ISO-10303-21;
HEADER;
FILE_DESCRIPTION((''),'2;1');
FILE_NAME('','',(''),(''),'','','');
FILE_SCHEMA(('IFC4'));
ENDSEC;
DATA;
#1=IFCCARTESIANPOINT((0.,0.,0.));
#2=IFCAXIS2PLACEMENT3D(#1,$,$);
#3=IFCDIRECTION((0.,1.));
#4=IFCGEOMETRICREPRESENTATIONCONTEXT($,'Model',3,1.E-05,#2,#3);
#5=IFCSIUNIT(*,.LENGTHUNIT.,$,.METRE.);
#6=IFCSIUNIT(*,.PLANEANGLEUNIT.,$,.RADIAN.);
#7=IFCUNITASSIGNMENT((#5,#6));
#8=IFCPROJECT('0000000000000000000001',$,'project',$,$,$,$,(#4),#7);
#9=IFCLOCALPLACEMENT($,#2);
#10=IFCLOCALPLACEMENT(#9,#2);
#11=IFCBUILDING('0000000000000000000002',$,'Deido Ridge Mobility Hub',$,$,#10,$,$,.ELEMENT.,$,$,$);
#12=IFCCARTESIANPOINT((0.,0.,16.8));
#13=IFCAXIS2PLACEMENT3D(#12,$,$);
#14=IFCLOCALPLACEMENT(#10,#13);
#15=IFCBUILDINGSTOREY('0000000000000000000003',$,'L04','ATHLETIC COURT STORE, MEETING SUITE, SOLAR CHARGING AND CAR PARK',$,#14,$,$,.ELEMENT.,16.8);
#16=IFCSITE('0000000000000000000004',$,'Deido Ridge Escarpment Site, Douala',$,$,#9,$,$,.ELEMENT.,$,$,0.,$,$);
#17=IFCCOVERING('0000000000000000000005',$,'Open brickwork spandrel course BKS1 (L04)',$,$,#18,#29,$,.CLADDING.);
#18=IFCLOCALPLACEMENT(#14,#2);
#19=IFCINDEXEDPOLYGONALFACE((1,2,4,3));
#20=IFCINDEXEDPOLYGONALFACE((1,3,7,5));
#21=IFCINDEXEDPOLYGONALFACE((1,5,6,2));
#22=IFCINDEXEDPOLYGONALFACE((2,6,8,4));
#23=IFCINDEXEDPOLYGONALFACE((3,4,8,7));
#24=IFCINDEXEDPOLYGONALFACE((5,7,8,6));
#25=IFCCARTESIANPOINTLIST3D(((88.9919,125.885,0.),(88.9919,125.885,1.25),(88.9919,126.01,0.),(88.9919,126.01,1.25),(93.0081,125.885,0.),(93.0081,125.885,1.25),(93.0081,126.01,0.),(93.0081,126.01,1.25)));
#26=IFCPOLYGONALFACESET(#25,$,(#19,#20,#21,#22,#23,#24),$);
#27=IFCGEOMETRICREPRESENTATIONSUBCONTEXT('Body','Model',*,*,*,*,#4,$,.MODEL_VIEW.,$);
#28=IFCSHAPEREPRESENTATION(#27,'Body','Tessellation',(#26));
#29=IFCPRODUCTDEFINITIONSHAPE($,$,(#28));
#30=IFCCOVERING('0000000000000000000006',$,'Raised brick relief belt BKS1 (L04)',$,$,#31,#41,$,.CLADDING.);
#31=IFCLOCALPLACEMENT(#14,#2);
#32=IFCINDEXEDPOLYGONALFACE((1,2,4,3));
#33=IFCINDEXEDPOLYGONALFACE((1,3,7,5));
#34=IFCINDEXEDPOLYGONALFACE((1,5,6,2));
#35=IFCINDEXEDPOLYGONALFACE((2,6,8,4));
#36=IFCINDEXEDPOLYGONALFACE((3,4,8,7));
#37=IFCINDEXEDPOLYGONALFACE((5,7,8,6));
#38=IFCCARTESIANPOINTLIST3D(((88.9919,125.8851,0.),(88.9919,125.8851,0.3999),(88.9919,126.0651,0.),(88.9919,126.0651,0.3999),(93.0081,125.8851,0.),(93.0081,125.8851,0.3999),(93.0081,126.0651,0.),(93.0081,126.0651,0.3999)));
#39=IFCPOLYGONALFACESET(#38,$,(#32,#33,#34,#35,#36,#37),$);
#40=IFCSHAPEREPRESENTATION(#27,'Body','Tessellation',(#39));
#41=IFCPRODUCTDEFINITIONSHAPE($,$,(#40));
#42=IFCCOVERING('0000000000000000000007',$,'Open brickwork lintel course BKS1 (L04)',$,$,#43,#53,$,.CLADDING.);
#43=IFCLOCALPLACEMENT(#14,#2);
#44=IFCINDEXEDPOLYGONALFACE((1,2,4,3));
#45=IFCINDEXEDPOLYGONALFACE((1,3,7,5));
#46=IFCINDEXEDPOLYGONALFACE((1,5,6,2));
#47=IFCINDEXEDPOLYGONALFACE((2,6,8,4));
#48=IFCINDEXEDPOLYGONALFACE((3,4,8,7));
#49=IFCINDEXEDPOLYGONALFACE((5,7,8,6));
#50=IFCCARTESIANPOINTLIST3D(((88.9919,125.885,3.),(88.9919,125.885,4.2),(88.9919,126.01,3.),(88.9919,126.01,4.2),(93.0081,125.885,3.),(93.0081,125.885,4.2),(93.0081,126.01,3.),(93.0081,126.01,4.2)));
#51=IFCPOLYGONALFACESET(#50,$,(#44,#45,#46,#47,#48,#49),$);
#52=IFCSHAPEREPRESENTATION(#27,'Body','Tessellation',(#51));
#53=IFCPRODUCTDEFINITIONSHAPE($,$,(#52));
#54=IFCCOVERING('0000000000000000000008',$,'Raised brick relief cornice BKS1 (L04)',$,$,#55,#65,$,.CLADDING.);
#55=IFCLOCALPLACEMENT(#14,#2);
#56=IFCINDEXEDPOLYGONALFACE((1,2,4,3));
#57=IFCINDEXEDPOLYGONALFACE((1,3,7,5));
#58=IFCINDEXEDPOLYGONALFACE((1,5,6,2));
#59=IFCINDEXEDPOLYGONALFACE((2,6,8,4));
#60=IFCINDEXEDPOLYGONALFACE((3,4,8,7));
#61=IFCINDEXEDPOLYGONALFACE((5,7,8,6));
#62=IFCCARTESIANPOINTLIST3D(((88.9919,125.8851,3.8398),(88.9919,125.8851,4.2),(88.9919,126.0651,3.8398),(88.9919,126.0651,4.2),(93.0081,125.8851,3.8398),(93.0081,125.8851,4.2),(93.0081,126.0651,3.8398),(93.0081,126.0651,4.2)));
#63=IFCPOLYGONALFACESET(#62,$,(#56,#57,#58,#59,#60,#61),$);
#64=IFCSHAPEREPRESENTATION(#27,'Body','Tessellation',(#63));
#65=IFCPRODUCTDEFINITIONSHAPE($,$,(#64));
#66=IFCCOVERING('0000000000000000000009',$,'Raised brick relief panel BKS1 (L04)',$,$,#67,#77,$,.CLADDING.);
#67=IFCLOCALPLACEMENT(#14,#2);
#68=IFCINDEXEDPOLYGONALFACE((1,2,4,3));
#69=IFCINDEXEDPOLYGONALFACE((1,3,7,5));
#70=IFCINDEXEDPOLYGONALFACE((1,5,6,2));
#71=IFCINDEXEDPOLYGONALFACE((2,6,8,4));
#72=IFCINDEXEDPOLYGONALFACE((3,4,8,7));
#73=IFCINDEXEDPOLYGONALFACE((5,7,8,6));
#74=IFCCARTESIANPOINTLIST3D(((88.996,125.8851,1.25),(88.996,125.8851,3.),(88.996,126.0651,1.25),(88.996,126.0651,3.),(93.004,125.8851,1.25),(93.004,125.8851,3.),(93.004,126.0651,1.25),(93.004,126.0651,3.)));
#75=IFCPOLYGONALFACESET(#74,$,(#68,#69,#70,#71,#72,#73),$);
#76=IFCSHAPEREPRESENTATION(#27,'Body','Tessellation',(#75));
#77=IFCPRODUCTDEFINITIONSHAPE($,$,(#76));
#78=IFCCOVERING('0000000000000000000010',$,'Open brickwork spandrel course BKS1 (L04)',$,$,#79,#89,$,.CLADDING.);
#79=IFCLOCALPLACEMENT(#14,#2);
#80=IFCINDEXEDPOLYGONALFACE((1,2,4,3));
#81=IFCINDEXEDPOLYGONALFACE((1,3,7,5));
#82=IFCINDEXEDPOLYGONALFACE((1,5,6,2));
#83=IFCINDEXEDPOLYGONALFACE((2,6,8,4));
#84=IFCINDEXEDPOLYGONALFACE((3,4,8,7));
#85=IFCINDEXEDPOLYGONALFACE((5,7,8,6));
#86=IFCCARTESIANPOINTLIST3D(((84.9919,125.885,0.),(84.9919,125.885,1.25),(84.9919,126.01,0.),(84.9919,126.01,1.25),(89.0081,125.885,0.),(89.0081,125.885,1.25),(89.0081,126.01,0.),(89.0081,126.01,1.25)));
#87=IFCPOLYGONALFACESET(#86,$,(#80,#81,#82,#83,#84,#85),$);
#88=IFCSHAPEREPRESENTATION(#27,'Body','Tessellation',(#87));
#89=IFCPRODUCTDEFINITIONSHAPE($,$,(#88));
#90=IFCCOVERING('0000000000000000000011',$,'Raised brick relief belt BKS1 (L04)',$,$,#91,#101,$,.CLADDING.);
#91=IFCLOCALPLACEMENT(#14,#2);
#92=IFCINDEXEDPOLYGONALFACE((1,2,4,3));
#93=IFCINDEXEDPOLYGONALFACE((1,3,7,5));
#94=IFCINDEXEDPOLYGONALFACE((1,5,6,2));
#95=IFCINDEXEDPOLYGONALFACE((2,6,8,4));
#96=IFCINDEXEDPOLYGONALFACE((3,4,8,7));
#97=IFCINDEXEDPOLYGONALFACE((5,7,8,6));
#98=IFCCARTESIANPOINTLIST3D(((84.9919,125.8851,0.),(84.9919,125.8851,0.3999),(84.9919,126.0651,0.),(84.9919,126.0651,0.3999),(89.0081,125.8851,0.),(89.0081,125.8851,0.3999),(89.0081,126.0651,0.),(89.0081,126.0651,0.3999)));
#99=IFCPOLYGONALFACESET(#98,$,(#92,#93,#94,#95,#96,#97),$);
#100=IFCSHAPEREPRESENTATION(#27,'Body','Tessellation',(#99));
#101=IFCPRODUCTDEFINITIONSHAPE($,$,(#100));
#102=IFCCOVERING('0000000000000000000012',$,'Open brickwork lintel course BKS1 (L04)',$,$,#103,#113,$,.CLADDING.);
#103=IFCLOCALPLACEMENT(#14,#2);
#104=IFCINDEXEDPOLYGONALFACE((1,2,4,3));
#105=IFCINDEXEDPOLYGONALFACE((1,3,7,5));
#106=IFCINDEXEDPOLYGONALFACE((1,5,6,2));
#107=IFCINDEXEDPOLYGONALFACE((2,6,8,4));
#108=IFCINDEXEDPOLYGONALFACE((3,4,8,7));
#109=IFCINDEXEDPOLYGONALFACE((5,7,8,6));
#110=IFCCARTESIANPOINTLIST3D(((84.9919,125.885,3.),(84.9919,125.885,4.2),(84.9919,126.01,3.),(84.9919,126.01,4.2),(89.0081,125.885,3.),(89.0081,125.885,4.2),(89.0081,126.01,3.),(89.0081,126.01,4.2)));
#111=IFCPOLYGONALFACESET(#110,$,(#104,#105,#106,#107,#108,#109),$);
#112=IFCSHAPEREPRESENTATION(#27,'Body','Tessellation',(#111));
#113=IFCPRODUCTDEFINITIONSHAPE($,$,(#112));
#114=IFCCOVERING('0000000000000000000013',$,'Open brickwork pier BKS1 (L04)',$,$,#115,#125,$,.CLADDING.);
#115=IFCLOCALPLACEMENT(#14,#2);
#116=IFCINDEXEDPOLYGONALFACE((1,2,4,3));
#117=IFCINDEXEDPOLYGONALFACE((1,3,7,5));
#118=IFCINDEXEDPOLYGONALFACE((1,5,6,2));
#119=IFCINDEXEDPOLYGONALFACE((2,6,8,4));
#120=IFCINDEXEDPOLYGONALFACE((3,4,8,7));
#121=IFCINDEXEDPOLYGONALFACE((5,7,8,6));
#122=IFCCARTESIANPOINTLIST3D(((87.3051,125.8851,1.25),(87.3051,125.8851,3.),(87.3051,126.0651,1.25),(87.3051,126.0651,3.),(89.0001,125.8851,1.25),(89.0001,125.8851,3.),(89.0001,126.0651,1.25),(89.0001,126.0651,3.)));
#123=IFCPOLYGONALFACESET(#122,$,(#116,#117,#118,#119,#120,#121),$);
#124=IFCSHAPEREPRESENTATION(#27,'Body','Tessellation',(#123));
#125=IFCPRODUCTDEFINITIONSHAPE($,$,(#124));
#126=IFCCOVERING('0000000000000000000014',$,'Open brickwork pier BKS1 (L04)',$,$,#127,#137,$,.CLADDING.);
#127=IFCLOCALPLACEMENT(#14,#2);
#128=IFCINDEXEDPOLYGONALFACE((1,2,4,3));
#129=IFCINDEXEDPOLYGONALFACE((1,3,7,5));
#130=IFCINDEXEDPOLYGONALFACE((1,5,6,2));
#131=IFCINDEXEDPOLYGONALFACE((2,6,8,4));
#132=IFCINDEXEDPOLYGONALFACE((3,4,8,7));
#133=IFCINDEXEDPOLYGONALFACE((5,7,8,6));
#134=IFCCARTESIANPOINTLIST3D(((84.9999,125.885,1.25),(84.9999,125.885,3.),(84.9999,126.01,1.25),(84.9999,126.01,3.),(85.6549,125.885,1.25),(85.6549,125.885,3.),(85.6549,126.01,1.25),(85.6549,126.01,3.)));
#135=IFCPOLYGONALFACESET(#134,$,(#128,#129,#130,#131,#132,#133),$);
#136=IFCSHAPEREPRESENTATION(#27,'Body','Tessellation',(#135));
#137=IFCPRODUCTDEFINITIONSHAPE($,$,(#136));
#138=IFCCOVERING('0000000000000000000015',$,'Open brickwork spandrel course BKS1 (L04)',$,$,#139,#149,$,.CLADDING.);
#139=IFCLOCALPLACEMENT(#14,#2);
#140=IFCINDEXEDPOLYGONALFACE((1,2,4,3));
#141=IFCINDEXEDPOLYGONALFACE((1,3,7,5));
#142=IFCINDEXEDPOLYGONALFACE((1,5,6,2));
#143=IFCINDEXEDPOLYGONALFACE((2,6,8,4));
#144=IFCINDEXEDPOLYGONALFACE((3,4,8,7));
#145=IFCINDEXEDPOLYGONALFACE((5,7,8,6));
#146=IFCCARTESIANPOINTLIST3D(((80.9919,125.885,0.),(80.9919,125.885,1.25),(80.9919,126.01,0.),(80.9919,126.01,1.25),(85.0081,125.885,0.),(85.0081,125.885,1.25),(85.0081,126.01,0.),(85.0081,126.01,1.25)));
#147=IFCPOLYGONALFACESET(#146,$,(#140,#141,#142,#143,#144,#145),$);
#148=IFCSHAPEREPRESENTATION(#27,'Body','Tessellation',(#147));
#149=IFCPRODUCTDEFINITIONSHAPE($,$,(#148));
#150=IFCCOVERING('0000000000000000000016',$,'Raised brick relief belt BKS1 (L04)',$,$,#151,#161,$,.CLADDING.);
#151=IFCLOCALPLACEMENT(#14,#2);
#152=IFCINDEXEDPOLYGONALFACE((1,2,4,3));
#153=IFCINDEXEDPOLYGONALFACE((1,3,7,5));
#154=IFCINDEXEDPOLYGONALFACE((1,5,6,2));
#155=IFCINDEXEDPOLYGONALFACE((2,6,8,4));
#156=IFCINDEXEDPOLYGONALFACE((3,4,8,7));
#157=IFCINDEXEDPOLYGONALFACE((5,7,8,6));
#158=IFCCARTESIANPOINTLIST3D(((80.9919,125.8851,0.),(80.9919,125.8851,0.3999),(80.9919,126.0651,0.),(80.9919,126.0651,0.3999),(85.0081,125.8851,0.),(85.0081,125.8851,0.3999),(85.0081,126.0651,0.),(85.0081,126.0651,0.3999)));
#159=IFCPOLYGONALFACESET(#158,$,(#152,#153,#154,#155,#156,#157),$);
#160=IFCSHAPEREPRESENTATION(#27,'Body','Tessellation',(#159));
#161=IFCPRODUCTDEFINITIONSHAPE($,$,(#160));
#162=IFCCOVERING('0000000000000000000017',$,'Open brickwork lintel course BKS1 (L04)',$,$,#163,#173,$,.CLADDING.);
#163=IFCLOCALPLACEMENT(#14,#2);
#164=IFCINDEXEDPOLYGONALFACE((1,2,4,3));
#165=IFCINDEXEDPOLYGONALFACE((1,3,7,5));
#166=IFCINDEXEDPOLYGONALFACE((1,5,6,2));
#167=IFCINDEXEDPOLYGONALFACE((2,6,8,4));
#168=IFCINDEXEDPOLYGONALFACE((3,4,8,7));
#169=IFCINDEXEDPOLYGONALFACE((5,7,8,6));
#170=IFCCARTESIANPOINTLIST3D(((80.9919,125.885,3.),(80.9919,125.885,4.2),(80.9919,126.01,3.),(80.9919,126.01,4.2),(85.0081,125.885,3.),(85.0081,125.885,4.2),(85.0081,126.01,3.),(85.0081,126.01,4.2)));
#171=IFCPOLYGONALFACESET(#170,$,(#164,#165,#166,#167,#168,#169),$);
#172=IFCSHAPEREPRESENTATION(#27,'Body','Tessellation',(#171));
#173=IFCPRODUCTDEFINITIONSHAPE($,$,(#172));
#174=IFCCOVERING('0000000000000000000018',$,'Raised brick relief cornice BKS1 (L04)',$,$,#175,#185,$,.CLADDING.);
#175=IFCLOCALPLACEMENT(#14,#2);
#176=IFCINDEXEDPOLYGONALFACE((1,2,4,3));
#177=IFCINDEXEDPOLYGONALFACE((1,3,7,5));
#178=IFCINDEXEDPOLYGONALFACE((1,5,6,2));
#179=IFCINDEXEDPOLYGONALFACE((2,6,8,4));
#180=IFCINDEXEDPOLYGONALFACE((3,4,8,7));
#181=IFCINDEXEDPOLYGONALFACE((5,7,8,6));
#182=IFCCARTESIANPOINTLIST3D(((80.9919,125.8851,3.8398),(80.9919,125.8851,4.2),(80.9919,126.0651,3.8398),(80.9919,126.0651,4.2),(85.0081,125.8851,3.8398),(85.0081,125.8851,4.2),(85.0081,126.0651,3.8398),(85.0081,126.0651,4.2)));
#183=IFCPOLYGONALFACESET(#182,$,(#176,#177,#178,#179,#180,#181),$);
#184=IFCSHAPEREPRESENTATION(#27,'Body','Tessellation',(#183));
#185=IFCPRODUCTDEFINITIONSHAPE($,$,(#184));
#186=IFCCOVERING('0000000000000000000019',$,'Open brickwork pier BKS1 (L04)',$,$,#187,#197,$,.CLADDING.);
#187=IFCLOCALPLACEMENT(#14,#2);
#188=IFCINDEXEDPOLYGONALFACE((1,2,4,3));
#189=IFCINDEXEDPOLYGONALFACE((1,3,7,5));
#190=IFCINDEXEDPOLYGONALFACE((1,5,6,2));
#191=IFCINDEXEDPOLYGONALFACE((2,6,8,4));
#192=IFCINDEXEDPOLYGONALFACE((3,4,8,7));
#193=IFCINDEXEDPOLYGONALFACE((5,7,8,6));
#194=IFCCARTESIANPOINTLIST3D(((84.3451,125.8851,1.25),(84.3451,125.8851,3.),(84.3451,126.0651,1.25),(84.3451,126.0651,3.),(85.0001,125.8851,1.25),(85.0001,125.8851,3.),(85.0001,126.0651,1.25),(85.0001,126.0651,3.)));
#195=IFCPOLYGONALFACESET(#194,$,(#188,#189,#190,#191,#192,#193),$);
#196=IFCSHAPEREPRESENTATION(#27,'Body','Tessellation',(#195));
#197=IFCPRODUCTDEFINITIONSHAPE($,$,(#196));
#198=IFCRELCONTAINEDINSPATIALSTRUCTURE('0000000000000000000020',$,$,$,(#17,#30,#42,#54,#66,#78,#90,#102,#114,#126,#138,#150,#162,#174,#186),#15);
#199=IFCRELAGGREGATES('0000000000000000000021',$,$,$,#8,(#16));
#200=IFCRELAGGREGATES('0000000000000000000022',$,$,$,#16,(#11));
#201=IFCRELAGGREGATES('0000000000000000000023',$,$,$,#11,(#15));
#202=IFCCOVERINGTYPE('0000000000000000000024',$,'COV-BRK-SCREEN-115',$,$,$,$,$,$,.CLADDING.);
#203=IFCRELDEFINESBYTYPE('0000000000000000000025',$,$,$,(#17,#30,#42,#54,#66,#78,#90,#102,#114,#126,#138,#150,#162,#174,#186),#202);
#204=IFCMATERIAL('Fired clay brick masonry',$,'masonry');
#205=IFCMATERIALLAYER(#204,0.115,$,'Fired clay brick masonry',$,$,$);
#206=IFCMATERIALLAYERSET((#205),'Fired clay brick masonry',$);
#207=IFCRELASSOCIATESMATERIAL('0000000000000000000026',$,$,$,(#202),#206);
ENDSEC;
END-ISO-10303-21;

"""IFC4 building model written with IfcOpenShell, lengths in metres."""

from ifc_helpers import new_model, si_unit, direction, frame, origin, origin_2d, place, context, subcontext, project, spatial, rectangle, extrude, material, layer, layer_set, type_object, element, save


model = new_model("IFC4")

# Units and contexts
model_context = context("Model", 3, precision=1e-05, world=origin(), true_north=direction((0.0, 1.0)))
body_context = subcontext(model_context, "Body", "Model", "MODEL_VIEW")
ifc_project = project(units=[si_unit("LENGTHUNIT", "METRE"), si_unit("PLANEANGLEUNIT", "RADIAN")], contexts=[model_context])

# Site, building, storey
site_placement = place(None, origin())
site = spatial("IfcSite", under=ifc_project, at=site_placement, Name="Deido Ridge Escarpment Site, Douala", CompositionType="ELEMENT", RefElevation=0.0)
building_placement = place(site_placement, origin())
building = spatial("IfcBuilding", under=site, at=building_placement, Name="Deido Ridge Mobility Hub", CompositionType="ELEMENT")
storey_placement = place(building_placement, frame((0.0, 0.0, 16.8)))
storey = spatial("IfcBuildingStorey", under=building, at=storey_placement, Name="L04", Description="ATHLETIC COURT STORE, MEETING SUITE, SOLAR CHARGING AND CAR PARK", CompositionType="ELEMENT", Elevation=16.8)

# Coverings
ifc_material_1 = material(Name="Fired clay brick masonry", Category="masonry")
ifc_layer = layer(ifc_material_1, 0.115, Name="Fired clay brick masonry")
ifc_layer_set = layer_set([ifc_layer], Name="Fired clay brick masonry")
covering_type = type_object("IfcCoveringType", Name="COV-BRK-SCREEN-115", PredefinedType="CLADDING", material=ifc_layer_set)
covering_1_placement = place(storey_placement, frame((91.0, 125.9475, 0.0), z_axis=(0.0, 0.0, 1.0), x_axis=(-1.0, 0.0, 0.0)))
element("IfcCovering", 1, at=covering_1_placement, inside=storey, type_object=covering_type, Name="Open brickwork spandrel course BKS1 (L04)", PredefinedType="CLADDING", context=body_context, shape_type="SweptSolid", body=[
    extrude(rectangle(XDim=4.0161, YDim=0.125, at=origin_2d()), origin(), (0.0, 0.0, 1.0), 1.25),
])
covering_2_placement = place(storey_placement, frame((91.0, 125.9751, 0.0), z_axis=(0.0, 0.0, 1.0), x_axis=(-1.0, 0.0, 0.0)))
element("IfcCovering", 2, at=covering_2_placement, inside=storey, type_object=covering_type, Name="Raised brick relief belt BKS1 (L04)", PredefinedType="CLADDING", context=body_context, shape_type="SweptSolid", body=[
    extrude(rectangle(XDim=4.0161, YDim=0.1799, at=origin_2d()), origin(), (0.0, 0.0, 1.0), 0.3999),
])
covering_3_placement = place(storey_placement, frame((91.0, 125.9475, 3.0), z_axis=(0.0, 0.0, 1.0), x_axis=(-1.0, 0.0, 0.0)))
element("IfcCovering", 3, at=covering_3_placement, inside=storey, type_object=covering_type, Name="Open brickwork lintel course BKS1 (L04)", PredefinedType="CLADDING", context=body_context, shape_type="SweptSolid", body=[
    extrude(rectangle(XDim=4.0161, YDim=0.125, at=origin_2d()), origin(), (0.0, 0.0, 1.0), 1.2),
])
covering_4_placement = place(storey_placement, frame((91.0, 125.9751, 3.8398), z_axis=(0.0, 0.0, 1.0), x_axis=(-1.0, 0.0, 0.0)))
element("IfcCovering", 4, at=covering_4_placement, inside=storey, type_object=covering_type, Name="Raised brick relief cornice BKS1 (L04)", PredefinedType="CLADDING", context=body_context, shape_type="SweptSolid", body=[
    extrude(rectangle(XDim=4.0161, YDim=0.1799, at=origin_2d()), origin(), (0.0, 0.0, 1.0), 0.3601),
])
covering_5_placement = place(storey_placement, frame((91.0, 125.9751, 1.25), z_axis=(0.0, 0.0, 1.0), x_axis=(-1.0, 0.0, 0.0)))
element("IfcCovering", 5, at=covering_5_placement, inside=storey, type_object=covering_type, Name="Raised brick relief panel BKS1 (L04)", PredefinedType="CLADDING", context=body_context, shape_type="SweptSolid", body=[
    extrude(rectangle(XDim=4.0081, YDim=0.1799, at=origin_2d()), origin(), (0.0, 0.0, 1.0), 1.75),
])
covering_6_placement = place(storey_placement, frame((87.0, 125.9475, 0.0), z_axis=(0.0, 0.0, 1.0), x_axis=(-1.0, 0.0, 0.0)))
element("IfcCovering", 6, at=covering_6_placement, inside=storey, type_object=covering_type, Name="Open brickwork spandrel course BKS1 (L04)", PredefinedType="CLADDING", context=body_context, shape_type="SweptSolid", body=[
    extrude(rectangle(XDim=4.0161, YDim=0.125, at=origin_2d()), origin(), (0.0, 0.0, 1.0), 1.25),
])
covering_7_placement = place(storey_placement, frame((87.0, 125.9751, 0.0), z_axis=(0.0, 0.0, 1.0), x_axis=(-1.0, 0.0, 0.0)))
element("IfcCovering", 7, at=covering_7_placement, inside=storey, type_object=covering_type, Name="Raised brick relief belt BKS1 (L04)", PredefinedType="CLADDING", context=body_context, shape_type="SweptSolid", body=[
    extrude(rectangle(XDim=4.0161, YDim=0.1799, at=origin_2d()), origin(), (0.0, 0.0, 1.0), 0.3999),
])
covering_8_placement = place(storey_placement, frame((87.0, 125.9475, 3.0), z_axis=(0.0, 0.0, 1.0), x_axis=(-1.0, 0.0, 0.0)))
element("IfcCovering", 8, at=covering_8_placement, inside=storey, type_object=covering_type, Name="Open brickwork lintel course BKS1 (L04)", PredefinedType="CLADDING", context=body_context, shape_type="SweptSolid", body=[
    extrude(rectangle(XDim=4.0161, YDim=0.125, at=origin_2d()), origin(), (0.0, 0.0, 1.0), 1.2),
])
covering_9_placement = place(storey_placement, frame((88.1526, 125.9751, 1.25), z_axis=(0.0, 0.0, 1.0), x_axis=(-1.0, 0.0, 0.0)))
element("IfcCovering", 9, at=covering_9_placement, inside=storey, type_object=covering_type, Name="Open brickwork pier BKS1 (L04)", PredefinedType="CLADDING", context=body_context, shape_type="SweptSolid", body=[
    extrude(rectangle(XDim=1.6951, YDim=0.1799, at=origin_2d()), origin(), (0.0, 0.0, 1.0), 1.75),
])
covering_10_placement = place(storey_placement, frame((85.3274, 125.9475, 1.25), z_axis=(0.0, 0.0, 1.0), x_axis=(-1.0, 0.0, 0.0)))
element("IfcCovering", 10, at=covering_10_placement, inside=storey, type_object=covering_type, Name="Open brickwork pier BKS1 (L04)", PredefinedType="CLADDING", context=body_context, shape_type="SweptSolid", body=[
    extrude(rectangle(XDim=0.655, YDim=0.125, at=origin_2d()), origin(), (0.0, 0.0, 1.0), 1.75),
])
covering_11_placement = place(storey_placement, frame((83.0, 125.9475, 0.0), z_axis=(0.0, 0.0, 1.0), x_axis=(-1.0, 0.0, 0.0)))
element("IfcCovering", 11, at=covering_11_placement, inside=storey, type_object=covering_type, Name="Open brickwork spandrel course BKS1 (L04)", PredefinedType="CLADDING", context=body_context, shape_type="SweptSolid", body=[
    extrude(rectangle(XDim=4.0161, YDim=0.125, at=origin_2d()), origin(), (0.0, 0.0, 1.0), 1.25),
])
covering_12_placement = place(storey_placement, frame((83.0, 125.9751, 0.0), z_axis=(0.0, 0.0, 1.0), x_axis=(-1.0, 0.0, 0.0)))
element("IfcCovering", 12, at=covering_12_placement, inside=storey, type_object=covering_type, Name="Raised brick relief belt BKS1 (L04)", PredefinedType="CLADDING", context=body_context, shape_type="SweptSolid", body=[
    extrude(rectangle(XDim=4.0161, YDim=0.1799, at=origin_2d()), origin(), (0.0, 0.0, 1.0), 0.3999),
])
covering_13_placement = place(storey_placement, frame((83.0, 125.9475, 3.0), z_axis=(0.0, 0.0, 1.0), x_axis=(-1.0, 0.0, 0.0)))
element("IfcCovering", 13, at=covering_13_placement, inside=storey, type_object=covering_type, Name="Open brickwork lintel course BKS1 (L04)", PredefinedType="CLADDING", context=body_context, shape_type="SweptSolid", body=[
    extrude(rectangle(XDim=4.0161, YDim=0.125, at=origin_2d()), origin(), (0.0, 0.0, 1.0), 1.2),
])
covering_14_placement = place(storey_placement, frame((83.0, 125.9751, 3.8398), z_axis=(0.0, 0.0, 1.0), x_axis=(-1.0, 0.0, 0.0)))
element("IfcCovering", 14, at=covering_14_placement, inside=storey, type_object=covering_type, Name="Raised brick relief cornice BKS1 (L04)", PredefinedType="CLADDING", context=body_context, shape_type="SweptSolid", body=[
    extrude(rectangle(XDim=4.0161, YDim=0.1799, at=origin_2d()), origin(), (0.0, 0.0, 1.0), 0.3601),
])
covering_15_placement = place(storey_placement, frame((84.6726, 125.9751, 1.25), z_axis=(0.0, 0.0, 1.0), x_axis=(-1.0, 0.0, 0.0)))
element("IfcCovering", 15, at=covering_15_placement, inside=storey, type_object=covering_type, Name="Open brickwork pier BKS1 (L04)", PredefinedType="CLADDING", context=body_context, shape_type="SweptSolid", body=[
    extrude(rectangle(XDim=0.655, YDim=0.1799, at=origin_2d()), origin(), (0.0, 0.0, 1.0), 1.75),
])

save(model, "model.ifc")
